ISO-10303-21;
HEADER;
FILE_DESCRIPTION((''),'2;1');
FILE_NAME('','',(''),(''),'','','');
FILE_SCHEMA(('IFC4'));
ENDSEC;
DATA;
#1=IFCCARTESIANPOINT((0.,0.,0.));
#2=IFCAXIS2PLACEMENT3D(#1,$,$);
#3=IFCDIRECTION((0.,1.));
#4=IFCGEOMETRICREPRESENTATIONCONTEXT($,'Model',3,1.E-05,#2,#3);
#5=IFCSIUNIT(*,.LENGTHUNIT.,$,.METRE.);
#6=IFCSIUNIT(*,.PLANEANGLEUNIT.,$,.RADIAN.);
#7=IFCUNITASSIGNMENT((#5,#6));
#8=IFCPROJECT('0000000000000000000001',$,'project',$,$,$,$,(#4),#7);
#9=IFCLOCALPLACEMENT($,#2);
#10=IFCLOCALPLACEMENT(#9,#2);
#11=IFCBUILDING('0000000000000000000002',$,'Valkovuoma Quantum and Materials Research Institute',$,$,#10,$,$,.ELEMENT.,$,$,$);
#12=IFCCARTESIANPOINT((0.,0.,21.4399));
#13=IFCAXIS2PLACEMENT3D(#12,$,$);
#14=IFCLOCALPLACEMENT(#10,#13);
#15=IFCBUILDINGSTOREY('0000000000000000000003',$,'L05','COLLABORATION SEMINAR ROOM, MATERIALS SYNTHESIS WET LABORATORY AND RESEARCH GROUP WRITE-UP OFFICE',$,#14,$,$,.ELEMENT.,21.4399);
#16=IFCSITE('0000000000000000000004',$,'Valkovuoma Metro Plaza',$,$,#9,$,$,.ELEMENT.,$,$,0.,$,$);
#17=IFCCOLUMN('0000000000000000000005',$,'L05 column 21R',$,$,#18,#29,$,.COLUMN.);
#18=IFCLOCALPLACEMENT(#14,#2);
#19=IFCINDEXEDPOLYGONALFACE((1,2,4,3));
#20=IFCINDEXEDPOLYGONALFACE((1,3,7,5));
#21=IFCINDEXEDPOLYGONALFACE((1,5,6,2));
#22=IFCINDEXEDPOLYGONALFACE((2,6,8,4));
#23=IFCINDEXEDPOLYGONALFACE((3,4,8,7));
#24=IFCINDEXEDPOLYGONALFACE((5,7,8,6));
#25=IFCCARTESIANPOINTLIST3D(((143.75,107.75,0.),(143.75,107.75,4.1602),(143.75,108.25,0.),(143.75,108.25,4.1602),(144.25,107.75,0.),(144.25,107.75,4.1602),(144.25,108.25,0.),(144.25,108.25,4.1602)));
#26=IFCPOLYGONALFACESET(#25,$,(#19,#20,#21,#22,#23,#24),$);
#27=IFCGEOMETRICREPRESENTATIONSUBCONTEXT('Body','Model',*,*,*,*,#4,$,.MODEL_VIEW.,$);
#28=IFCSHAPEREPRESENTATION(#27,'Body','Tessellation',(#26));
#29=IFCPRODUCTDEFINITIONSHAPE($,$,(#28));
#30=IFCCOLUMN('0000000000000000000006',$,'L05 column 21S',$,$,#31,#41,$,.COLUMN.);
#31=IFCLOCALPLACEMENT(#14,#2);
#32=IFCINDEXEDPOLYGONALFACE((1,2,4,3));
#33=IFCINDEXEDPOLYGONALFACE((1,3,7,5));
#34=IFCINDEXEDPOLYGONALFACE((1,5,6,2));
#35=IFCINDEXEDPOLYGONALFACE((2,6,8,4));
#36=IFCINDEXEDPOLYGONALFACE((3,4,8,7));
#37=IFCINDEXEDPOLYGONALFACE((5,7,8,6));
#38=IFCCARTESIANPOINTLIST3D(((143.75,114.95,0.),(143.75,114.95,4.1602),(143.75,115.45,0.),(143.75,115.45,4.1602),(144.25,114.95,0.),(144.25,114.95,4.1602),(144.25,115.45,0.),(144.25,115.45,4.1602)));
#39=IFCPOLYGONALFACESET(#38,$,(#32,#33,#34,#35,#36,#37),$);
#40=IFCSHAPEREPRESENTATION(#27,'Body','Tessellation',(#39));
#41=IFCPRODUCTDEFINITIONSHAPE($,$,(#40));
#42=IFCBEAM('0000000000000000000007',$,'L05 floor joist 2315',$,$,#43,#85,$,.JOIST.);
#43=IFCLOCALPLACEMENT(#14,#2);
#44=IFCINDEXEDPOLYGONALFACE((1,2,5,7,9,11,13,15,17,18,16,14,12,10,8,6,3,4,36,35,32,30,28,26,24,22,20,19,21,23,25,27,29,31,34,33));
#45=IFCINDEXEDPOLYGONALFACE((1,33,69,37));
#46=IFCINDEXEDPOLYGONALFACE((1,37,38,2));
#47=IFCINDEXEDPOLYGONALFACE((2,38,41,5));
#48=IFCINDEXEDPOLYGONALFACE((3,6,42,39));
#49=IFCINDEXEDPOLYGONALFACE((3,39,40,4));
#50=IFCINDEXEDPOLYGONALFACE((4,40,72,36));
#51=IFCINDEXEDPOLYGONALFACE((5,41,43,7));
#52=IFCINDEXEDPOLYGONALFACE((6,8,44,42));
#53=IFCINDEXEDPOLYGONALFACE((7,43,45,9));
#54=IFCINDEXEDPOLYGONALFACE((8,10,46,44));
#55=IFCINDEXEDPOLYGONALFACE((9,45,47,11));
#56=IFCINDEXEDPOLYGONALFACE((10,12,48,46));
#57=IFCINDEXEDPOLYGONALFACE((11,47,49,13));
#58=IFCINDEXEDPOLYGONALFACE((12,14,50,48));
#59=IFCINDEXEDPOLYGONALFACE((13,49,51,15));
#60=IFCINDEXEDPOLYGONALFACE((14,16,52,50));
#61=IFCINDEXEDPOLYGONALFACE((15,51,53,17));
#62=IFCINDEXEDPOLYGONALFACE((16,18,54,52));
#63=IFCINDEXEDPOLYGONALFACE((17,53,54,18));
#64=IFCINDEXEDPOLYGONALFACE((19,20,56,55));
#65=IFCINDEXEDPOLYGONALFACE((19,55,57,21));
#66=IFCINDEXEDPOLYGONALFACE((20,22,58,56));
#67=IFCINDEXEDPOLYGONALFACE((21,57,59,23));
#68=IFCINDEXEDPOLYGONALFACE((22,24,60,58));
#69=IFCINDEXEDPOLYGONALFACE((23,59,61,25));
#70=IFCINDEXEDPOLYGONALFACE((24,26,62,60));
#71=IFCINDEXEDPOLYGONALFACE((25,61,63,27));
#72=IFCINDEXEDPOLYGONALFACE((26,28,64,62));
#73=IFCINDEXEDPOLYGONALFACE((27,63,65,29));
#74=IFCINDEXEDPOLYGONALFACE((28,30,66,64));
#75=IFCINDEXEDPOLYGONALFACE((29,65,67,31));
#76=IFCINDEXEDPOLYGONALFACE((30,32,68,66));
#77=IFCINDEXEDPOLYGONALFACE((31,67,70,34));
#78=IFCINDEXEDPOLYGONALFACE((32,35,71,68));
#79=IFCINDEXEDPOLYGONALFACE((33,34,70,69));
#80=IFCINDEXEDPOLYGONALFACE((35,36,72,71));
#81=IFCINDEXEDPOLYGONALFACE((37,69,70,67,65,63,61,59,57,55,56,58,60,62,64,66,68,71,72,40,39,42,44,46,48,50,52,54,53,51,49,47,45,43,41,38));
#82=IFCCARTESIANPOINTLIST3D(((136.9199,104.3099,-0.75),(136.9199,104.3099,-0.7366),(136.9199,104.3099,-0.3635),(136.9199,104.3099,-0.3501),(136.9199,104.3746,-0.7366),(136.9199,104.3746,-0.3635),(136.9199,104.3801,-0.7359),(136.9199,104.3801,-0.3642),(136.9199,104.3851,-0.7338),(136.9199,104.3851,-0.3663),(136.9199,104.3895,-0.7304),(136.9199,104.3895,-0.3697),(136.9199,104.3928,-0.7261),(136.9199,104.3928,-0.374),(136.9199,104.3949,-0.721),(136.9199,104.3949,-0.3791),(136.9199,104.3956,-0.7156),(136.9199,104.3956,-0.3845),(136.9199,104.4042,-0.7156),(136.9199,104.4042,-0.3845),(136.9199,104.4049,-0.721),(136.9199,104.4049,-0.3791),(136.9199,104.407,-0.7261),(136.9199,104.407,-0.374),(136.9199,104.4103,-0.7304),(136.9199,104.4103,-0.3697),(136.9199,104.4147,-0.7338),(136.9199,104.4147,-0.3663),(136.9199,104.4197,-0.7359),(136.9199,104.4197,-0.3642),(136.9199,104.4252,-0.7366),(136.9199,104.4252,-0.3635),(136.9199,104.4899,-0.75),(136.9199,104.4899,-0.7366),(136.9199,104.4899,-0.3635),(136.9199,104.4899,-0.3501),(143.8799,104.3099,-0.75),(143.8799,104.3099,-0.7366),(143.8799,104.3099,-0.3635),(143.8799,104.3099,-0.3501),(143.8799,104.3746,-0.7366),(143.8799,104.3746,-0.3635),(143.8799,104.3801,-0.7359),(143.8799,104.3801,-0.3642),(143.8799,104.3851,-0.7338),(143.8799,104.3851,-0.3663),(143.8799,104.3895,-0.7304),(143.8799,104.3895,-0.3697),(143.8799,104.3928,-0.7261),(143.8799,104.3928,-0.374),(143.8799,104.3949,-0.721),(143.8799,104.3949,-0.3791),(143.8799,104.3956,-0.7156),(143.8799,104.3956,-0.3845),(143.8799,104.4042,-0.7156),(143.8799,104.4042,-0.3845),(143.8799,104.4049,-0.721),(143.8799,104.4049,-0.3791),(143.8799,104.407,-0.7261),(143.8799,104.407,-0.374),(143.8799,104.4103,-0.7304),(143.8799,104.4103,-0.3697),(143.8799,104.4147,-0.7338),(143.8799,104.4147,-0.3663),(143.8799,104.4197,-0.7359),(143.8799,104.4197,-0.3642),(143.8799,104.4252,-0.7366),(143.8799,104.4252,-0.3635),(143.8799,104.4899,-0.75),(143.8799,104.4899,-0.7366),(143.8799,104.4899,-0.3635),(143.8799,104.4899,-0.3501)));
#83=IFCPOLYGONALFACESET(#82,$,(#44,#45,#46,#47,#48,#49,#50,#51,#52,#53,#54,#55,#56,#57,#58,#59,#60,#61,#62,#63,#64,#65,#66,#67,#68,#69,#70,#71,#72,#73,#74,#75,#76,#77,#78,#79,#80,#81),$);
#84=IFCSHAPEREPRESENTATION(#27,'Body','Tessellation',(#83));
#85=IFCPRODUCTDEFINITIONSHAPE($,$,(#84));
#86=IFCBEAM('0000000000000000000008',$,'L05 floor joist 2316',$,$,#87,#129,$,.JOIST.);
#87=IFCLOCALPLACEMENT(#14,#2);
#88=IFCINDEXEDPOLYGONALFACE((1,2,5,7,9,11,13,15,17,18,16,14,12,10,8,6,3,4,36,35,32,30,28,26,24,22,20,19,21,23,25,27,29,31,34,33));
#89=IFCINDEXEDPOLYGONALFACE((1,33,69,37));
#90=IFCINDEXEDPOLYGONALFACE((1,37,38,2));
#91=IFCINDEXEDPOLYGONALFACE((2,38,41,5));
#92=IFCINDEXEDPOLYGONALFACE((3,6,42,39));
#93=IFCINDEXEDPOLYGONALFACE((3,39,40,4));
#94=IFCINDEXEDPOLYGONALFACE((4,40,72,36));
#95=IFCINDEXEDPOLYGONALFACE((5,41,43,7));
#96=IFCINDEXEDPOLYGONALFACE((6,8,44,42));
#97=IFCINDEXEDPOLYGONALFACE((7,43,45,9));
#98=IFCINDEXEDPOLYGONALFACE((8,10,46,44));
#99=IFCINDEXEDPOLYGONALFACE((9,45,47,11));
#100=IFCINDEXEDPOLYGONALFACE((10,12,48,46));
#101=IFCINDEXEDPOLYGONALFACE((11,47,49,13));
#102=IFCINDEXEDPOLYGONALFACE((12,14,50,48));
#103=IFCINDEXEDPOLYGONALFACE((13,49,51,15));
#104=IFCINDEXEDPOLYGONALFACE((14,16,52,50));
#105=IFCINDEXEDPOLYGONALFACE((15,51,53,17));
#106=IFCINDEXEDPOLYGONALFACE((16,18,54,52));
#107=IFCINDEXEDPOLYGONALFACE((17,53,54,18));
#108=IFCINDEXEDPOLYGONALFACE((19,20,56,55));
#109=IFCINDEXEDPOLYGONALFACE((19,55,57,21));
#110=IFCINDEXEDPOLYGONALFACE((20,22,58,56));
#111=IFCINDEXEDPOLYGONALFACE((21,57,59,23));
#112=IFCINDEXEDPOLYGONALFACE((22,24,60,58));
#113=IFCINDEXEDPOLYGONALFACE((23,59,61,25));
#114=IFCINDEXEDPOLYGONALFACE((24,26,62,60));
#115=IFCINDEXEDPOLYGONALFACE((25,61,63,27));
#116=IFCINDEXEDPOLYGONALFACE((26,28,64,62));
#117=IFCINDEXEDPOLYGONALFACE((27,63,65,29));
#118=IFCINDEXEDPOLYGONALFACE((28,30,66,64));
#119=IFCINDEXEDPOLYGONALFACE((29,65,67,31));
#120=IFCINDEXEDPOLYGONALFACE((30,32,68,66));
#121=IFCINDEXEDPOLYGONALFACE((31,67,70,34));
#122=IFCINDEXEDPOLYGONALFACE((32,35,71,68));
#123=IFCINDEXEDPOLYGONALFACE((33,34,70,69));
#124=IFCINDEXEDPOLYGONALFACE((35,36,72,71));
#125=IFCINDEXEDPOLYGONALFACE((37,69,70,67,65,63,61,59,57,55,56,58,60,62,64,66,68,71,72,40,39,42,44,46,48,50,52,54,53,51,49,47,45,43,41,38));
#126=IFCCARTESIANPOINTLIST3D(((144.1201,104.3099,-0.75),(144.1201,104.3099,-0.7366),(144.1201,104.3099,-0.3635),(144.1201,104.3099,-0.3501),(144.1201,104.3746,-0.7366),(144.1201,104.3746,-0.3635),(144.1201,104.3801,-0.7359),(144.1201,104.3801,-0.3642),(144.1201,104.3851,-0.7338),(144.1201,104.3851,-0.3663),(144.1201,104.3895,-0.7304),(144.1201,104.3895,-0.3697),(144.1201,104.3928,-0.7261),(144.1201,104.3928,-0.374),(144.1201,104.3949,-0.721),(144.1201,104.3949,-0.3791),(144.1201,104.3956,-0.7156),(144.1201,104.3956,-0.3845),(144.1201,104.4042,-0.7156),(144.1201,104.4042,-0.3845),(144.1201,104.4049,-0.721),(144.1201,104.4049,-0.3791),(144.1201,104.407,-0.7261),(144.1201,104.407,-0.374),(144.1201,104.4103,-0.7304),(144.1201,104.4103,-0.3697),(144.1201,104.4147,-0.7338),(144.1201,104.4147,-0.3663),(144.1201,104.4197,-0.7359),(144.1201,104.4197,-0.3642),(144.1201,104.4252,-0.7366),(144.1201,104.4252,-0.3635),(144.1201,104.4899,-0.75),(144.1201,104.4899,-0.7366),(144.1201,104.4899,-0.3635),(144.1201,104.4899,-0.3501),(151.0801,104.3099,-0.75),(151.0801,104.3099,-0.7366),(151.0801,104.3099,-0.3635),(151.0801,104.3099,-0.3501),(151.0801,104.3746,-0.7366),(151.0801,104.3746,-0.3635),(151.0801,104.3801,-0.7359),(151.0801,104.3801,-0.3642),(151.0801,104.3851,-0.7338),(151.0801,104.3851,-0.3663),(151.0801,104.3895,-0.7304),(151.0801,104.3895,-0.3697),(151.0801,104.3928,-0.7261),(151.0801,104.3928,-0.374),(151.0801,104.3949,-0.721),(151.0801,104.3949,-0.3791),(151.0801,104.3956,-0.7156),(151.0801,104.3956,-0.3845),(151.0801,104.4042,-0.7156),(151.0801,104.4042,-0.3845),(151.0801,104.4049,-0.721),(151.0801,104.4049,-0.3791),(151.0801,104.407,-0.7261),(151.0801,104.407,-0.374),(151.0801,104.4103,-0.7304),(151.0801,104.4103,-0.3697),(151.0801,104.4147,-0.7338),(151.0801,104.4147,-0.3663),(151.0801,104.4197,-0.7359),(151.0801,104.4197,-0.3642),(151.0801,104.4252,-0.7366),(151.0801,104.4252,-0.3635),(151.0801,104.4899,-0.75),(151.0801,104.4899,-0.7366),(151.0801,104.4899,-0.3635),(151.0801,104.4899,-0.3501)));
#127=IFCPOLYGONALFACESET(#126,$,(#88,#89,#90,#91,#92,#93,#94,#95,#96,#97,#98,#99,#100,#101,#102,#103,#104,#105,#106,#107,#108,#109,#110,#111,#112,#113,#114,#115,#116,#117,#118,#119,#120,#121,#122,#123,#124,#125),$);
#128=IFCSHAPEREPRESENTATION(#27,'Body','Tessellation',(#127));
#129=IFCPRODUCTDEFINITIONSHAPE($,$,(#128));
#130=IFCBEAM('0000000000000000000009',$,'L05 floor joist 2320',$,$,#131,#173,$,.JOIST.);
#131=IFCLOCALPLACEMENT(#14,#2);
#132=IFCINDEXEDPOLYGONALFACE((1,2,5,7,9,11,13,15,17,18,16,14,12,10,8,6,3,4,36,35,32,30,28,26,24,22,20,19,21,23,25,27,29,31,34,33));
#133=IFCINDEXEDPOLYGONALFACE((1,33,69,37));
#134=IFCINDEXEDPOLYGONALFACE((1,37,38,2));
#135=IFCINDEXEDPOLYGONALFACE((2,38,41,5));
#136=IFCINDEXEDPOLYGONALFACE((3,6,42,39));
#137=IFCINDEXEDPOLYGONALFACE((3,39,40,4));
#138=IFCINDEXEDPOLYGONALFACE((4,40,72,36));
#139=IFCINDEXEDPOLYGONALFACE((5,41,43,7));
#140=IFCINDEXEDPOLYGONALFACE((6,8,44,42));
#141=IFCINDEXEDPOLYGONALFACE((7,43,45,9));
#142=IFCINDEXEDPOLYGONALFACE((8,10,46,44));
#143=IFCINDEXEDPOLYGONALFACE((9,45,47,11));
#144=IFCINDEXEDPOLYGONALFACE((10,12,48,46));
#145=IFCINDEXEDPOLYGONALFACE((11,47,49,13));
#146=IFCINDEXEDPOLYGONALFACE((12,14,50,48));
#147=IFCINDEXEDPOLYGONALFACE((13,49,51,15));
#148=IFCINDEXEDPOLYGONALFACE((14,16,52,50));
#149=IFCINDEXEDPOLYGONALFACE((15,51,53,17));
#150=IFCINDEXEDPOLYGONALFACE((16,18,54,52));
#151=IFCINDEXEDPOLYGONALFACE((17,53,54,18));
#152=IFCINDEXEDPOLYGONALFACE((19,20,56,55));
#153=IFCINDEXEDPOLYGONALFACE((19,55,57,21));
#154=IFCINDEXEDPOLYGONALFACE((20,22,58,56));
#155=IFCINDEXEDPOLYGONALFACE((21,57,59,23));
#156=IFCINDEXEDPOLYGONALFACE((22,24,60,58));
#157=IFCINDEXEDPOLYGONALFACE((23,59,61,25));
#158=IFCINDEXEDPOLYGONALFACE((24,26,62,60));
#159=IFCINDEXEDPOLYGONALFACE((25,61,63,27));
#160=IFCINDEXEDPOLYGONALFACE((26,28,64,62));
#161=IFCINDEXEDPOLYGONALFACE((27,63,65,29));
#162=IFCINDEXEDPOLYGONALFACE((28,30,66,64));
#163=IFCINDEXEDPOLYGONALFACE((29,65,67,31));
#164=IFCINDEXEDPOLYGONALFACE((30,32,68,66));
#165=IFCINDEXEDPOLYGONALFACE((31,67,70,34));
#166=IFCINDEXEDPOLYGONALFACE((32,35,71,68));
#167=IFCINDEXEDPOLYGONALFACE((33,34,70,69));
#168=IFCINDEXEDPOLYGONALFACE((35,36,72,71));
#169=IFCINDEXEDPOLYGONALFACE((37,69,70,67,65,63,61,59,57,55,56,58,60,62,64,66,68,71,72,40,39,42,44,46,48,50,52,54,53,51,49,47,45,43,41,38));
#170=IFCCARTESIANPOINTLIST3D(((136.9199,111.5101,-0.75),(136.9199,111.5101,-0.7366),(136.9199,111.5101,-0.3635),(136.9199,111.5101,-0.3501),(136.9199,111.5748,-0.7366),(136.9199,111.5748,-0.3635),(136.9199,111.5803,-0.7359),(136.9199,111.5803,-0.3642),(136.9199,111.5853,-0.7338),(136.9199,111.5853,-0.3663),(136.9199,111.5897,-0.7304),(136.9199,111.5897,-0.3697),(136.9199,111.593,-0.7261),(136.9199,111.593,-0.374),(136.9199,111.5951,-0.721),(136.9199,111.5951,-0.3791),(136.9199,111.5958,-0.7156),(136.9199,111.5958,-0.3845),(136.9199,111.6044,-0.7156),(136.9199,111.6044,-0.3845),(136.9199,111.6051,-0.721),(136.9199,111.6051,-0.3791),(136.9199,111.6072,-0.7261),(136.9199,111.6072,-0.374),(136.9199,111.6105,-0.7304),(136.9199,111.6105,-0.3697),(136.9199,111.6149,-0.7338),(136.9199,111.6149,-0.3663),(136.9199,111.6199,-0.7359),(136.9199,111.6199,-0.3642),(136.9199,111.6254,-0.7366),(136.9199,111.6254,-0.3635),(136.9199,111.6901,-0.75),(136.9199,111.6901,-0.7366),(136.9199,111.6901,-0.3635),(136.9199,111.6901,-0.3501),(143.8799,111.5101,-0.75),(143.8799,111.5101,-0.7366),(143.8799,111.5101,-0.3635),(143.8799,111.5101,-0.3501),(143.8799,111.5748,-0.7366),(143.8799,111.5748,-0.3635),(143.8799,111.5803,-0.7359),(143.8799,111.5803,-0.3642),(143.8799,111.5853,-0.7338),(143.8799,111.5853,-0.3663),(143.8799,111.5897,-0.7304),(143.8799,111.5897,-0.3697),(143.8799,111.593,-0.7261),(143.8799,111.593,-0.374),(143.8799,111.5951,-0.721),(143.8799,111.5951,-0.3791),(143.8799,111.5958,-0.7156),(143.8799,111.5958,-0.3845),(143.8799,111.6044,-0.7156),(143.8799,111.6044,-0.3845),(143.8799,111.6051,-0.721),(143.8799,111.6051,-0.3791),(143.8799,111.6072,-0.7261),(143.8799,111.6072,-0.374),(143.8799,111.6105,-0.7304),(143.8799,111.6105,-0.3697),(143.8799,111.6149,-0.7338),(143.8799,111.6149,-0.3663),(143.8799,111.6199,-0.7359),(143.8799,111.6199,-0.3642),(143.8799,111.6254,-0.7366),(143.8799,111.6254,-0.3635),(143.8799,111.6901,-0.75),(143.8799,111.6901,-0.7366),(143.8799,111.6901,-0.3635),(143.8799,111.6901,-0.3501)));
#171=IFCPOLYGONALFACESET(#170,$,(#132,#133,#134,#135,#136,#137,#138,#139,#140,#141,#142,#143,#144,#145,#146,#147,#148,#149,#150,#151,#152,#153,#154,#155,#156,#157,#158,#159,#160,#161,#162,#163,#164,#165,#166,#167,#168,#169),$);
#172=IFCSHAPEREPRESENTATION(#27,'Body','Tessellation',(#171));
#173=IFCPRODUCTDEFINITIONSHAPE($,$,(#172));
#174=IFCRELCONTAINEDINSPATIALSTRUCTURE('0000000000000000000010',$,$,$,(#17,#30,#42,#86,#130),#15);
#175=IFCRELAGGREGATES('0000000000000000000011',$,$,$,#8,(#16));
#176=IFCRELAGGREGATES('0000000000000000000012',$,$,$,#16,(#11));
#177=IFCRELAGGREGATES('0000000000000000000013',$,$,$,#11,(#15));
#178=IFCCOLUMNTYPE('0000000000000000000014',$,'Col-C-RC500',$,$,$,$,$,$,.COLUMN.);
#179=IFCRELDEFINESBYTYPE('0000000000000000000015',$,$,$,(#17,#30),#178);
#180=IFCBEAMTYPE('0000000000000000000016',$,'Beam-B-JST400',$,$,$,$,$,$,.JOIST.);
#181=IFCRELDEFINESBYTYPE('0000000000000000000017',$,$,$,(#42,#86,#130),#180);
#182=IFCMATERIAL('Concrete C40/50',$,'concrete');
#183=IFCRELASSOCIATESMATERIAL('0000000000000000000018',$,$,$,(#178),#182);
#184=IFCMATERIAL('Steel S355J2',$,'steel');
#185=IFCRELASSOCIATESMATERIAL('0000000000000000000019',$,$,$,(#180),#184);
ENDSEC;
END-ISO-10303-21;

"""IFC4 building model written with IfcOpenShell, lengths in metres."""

from ifc_helpers import new_model, si_unit, direction, frame, origin, origin_2d, place, context, subcontext, project, spatial, rectangle, i_section, extrude, material, material_profile, profile_set, type_object, element, save


model = new_model("IFC4")

# Units and contexts
model_context = context("Model", 3, precision=1e-05, world=origin(), true_north=direction((0.0, 1.0)))
body_context = subcontext(model_context, "Body", "Model", "MODEL_VIEW")
ifc_project = project(units=[si_unit("LENGTHUNIT", "METRE"), si_unit("PLANEANGLEUNIT", "RADIAN")], contexts=[model_context])

# Site, building, storey
site_placement = place(None, origin())
site = spatial("IfcSite", under=ifc_project, at=site_placement, Name="Valkovuoma Metro Plaza", CompositionType="ELEMENT", RefElevation=0.0)
building_placement = place(site_placement, origin())
building = spatial("IfcBuilding", under=site, at=building_placement, Name="Valkovuoma Quantum and Materials Research Institute", CompositionType="ELEMENT")
storey_placement = place(building_placement, frame((0.0, 0.0, 21.4399)))
storey = spatial("IfcBuildingStorey", under=building, at=storey_placement, Name="L05", Description="COLLABORATION SEMINAR ROOM, MATERIALS SYNTHESIS WET LABORATORY AND RESEARCH GROUP WRITE-UP OFFICE", CompositionType="ELEMENT", Elevation=21.4399)

# Columns
ifc_material_1 = material(Name="Concrete C40/50", Category="concrete")
ifc_material_profile_1 = material_profile(ifc_material_1, rectangle(XDim=0.5, YDim=0.5, at=origin_2d()), Name="Concrete C40/50")
ifc_profile_set_1 = profile_set([ifc_material_profile_1], Name="Concrete C40/50")
column_type = type_object("IfcColumnType", Name="Col-C-RC500", PredefinedType="COLUMN", material=ifc_profile_set_1)
for number, where, z_axis, x_axis, name in (
    (1, (144.0, 108.0, 0.0), (0.0, 0.0, 1.0), (1.0, 0.0, 0.0), "L05 column 21R"),
    (2, (144.0, 115.2, 0.0), (0.0, 0.0, 1.0), (1.0, 0.0, 0.0), "L05 column 21S"),
):
    element("IfcColumn", number, at=place(storey_placement, frame(where, z_axis=z_axis, x_axis=x_axis)), inside=storey, type_object=column_type, Name=name, PredefinedType="COLUMN", context=body_context, shape_type="SweptSolid", body=[
        extrude(rectangle(XDim=0.5, YDim=0.5, at=origin_2d()), origin(), (0.0, 0.0, 1.0), 4.1602),
    ])

# Beams
ifc_material_2 = material(Name="Steel S355J2", Category="steel")
ifc_material_profile_2 = material_profile(ifc_material_2, i_section(OverallWidth=0.1799, OverallDepth=0.3999, WebThickness=0.0085, FlangeThickness=0.0134, FilletRadius=0.021, at=origin_2d()), Name="Steel S355J2")
ifc_profile_set_2 = profile_set([ifc_material_profile_2], Name="Steel S355J2")
beam_type_1 = type_object("IfcBeamType", Name="Beam-B-JST400", PredefinedType="JOIST", material=ifc_profile_set_2)
for number, where, z_axis, x_axis, name in (
    (3, (136.9199, 104.3999, -0.55), (1.0, 0.0, 0.0), (0.0, 1.0, 0.0), "L05 floor joist 2315"),
    (4, (144.1201, 104.3999, -0.55), (1.0, 0.0, 0.0), (0.0, 1.0, 0.0), "L05 floor joist 2316"),
    (5, (136.9199, 111.6001, -0.55), (1.0, 0.0, 0.0), (0.0, 1.0, 0.0), "L05 floor joist 2320"),
):
    element("IfcBeam", number, at=place(storey_placement, frame(where, z_axis=z_axis, x_axis=x_axis)), inside=storey, type_object=beam_type_1, Name=name, PredefinedType="JOIST", context=body_context, shape_type="SweptSolid", body=[
        extrude(i_section(OverallWidth=0.1799, OverallDepth=0.3999, WebThickness=0.0085, FlangeThickness=0.0134, FilletRadius=0.021, at=origin_2d()), origin(), (0.0, 0.0, 1.0), 6.96),
    ])

save(model, "model.ifc")
